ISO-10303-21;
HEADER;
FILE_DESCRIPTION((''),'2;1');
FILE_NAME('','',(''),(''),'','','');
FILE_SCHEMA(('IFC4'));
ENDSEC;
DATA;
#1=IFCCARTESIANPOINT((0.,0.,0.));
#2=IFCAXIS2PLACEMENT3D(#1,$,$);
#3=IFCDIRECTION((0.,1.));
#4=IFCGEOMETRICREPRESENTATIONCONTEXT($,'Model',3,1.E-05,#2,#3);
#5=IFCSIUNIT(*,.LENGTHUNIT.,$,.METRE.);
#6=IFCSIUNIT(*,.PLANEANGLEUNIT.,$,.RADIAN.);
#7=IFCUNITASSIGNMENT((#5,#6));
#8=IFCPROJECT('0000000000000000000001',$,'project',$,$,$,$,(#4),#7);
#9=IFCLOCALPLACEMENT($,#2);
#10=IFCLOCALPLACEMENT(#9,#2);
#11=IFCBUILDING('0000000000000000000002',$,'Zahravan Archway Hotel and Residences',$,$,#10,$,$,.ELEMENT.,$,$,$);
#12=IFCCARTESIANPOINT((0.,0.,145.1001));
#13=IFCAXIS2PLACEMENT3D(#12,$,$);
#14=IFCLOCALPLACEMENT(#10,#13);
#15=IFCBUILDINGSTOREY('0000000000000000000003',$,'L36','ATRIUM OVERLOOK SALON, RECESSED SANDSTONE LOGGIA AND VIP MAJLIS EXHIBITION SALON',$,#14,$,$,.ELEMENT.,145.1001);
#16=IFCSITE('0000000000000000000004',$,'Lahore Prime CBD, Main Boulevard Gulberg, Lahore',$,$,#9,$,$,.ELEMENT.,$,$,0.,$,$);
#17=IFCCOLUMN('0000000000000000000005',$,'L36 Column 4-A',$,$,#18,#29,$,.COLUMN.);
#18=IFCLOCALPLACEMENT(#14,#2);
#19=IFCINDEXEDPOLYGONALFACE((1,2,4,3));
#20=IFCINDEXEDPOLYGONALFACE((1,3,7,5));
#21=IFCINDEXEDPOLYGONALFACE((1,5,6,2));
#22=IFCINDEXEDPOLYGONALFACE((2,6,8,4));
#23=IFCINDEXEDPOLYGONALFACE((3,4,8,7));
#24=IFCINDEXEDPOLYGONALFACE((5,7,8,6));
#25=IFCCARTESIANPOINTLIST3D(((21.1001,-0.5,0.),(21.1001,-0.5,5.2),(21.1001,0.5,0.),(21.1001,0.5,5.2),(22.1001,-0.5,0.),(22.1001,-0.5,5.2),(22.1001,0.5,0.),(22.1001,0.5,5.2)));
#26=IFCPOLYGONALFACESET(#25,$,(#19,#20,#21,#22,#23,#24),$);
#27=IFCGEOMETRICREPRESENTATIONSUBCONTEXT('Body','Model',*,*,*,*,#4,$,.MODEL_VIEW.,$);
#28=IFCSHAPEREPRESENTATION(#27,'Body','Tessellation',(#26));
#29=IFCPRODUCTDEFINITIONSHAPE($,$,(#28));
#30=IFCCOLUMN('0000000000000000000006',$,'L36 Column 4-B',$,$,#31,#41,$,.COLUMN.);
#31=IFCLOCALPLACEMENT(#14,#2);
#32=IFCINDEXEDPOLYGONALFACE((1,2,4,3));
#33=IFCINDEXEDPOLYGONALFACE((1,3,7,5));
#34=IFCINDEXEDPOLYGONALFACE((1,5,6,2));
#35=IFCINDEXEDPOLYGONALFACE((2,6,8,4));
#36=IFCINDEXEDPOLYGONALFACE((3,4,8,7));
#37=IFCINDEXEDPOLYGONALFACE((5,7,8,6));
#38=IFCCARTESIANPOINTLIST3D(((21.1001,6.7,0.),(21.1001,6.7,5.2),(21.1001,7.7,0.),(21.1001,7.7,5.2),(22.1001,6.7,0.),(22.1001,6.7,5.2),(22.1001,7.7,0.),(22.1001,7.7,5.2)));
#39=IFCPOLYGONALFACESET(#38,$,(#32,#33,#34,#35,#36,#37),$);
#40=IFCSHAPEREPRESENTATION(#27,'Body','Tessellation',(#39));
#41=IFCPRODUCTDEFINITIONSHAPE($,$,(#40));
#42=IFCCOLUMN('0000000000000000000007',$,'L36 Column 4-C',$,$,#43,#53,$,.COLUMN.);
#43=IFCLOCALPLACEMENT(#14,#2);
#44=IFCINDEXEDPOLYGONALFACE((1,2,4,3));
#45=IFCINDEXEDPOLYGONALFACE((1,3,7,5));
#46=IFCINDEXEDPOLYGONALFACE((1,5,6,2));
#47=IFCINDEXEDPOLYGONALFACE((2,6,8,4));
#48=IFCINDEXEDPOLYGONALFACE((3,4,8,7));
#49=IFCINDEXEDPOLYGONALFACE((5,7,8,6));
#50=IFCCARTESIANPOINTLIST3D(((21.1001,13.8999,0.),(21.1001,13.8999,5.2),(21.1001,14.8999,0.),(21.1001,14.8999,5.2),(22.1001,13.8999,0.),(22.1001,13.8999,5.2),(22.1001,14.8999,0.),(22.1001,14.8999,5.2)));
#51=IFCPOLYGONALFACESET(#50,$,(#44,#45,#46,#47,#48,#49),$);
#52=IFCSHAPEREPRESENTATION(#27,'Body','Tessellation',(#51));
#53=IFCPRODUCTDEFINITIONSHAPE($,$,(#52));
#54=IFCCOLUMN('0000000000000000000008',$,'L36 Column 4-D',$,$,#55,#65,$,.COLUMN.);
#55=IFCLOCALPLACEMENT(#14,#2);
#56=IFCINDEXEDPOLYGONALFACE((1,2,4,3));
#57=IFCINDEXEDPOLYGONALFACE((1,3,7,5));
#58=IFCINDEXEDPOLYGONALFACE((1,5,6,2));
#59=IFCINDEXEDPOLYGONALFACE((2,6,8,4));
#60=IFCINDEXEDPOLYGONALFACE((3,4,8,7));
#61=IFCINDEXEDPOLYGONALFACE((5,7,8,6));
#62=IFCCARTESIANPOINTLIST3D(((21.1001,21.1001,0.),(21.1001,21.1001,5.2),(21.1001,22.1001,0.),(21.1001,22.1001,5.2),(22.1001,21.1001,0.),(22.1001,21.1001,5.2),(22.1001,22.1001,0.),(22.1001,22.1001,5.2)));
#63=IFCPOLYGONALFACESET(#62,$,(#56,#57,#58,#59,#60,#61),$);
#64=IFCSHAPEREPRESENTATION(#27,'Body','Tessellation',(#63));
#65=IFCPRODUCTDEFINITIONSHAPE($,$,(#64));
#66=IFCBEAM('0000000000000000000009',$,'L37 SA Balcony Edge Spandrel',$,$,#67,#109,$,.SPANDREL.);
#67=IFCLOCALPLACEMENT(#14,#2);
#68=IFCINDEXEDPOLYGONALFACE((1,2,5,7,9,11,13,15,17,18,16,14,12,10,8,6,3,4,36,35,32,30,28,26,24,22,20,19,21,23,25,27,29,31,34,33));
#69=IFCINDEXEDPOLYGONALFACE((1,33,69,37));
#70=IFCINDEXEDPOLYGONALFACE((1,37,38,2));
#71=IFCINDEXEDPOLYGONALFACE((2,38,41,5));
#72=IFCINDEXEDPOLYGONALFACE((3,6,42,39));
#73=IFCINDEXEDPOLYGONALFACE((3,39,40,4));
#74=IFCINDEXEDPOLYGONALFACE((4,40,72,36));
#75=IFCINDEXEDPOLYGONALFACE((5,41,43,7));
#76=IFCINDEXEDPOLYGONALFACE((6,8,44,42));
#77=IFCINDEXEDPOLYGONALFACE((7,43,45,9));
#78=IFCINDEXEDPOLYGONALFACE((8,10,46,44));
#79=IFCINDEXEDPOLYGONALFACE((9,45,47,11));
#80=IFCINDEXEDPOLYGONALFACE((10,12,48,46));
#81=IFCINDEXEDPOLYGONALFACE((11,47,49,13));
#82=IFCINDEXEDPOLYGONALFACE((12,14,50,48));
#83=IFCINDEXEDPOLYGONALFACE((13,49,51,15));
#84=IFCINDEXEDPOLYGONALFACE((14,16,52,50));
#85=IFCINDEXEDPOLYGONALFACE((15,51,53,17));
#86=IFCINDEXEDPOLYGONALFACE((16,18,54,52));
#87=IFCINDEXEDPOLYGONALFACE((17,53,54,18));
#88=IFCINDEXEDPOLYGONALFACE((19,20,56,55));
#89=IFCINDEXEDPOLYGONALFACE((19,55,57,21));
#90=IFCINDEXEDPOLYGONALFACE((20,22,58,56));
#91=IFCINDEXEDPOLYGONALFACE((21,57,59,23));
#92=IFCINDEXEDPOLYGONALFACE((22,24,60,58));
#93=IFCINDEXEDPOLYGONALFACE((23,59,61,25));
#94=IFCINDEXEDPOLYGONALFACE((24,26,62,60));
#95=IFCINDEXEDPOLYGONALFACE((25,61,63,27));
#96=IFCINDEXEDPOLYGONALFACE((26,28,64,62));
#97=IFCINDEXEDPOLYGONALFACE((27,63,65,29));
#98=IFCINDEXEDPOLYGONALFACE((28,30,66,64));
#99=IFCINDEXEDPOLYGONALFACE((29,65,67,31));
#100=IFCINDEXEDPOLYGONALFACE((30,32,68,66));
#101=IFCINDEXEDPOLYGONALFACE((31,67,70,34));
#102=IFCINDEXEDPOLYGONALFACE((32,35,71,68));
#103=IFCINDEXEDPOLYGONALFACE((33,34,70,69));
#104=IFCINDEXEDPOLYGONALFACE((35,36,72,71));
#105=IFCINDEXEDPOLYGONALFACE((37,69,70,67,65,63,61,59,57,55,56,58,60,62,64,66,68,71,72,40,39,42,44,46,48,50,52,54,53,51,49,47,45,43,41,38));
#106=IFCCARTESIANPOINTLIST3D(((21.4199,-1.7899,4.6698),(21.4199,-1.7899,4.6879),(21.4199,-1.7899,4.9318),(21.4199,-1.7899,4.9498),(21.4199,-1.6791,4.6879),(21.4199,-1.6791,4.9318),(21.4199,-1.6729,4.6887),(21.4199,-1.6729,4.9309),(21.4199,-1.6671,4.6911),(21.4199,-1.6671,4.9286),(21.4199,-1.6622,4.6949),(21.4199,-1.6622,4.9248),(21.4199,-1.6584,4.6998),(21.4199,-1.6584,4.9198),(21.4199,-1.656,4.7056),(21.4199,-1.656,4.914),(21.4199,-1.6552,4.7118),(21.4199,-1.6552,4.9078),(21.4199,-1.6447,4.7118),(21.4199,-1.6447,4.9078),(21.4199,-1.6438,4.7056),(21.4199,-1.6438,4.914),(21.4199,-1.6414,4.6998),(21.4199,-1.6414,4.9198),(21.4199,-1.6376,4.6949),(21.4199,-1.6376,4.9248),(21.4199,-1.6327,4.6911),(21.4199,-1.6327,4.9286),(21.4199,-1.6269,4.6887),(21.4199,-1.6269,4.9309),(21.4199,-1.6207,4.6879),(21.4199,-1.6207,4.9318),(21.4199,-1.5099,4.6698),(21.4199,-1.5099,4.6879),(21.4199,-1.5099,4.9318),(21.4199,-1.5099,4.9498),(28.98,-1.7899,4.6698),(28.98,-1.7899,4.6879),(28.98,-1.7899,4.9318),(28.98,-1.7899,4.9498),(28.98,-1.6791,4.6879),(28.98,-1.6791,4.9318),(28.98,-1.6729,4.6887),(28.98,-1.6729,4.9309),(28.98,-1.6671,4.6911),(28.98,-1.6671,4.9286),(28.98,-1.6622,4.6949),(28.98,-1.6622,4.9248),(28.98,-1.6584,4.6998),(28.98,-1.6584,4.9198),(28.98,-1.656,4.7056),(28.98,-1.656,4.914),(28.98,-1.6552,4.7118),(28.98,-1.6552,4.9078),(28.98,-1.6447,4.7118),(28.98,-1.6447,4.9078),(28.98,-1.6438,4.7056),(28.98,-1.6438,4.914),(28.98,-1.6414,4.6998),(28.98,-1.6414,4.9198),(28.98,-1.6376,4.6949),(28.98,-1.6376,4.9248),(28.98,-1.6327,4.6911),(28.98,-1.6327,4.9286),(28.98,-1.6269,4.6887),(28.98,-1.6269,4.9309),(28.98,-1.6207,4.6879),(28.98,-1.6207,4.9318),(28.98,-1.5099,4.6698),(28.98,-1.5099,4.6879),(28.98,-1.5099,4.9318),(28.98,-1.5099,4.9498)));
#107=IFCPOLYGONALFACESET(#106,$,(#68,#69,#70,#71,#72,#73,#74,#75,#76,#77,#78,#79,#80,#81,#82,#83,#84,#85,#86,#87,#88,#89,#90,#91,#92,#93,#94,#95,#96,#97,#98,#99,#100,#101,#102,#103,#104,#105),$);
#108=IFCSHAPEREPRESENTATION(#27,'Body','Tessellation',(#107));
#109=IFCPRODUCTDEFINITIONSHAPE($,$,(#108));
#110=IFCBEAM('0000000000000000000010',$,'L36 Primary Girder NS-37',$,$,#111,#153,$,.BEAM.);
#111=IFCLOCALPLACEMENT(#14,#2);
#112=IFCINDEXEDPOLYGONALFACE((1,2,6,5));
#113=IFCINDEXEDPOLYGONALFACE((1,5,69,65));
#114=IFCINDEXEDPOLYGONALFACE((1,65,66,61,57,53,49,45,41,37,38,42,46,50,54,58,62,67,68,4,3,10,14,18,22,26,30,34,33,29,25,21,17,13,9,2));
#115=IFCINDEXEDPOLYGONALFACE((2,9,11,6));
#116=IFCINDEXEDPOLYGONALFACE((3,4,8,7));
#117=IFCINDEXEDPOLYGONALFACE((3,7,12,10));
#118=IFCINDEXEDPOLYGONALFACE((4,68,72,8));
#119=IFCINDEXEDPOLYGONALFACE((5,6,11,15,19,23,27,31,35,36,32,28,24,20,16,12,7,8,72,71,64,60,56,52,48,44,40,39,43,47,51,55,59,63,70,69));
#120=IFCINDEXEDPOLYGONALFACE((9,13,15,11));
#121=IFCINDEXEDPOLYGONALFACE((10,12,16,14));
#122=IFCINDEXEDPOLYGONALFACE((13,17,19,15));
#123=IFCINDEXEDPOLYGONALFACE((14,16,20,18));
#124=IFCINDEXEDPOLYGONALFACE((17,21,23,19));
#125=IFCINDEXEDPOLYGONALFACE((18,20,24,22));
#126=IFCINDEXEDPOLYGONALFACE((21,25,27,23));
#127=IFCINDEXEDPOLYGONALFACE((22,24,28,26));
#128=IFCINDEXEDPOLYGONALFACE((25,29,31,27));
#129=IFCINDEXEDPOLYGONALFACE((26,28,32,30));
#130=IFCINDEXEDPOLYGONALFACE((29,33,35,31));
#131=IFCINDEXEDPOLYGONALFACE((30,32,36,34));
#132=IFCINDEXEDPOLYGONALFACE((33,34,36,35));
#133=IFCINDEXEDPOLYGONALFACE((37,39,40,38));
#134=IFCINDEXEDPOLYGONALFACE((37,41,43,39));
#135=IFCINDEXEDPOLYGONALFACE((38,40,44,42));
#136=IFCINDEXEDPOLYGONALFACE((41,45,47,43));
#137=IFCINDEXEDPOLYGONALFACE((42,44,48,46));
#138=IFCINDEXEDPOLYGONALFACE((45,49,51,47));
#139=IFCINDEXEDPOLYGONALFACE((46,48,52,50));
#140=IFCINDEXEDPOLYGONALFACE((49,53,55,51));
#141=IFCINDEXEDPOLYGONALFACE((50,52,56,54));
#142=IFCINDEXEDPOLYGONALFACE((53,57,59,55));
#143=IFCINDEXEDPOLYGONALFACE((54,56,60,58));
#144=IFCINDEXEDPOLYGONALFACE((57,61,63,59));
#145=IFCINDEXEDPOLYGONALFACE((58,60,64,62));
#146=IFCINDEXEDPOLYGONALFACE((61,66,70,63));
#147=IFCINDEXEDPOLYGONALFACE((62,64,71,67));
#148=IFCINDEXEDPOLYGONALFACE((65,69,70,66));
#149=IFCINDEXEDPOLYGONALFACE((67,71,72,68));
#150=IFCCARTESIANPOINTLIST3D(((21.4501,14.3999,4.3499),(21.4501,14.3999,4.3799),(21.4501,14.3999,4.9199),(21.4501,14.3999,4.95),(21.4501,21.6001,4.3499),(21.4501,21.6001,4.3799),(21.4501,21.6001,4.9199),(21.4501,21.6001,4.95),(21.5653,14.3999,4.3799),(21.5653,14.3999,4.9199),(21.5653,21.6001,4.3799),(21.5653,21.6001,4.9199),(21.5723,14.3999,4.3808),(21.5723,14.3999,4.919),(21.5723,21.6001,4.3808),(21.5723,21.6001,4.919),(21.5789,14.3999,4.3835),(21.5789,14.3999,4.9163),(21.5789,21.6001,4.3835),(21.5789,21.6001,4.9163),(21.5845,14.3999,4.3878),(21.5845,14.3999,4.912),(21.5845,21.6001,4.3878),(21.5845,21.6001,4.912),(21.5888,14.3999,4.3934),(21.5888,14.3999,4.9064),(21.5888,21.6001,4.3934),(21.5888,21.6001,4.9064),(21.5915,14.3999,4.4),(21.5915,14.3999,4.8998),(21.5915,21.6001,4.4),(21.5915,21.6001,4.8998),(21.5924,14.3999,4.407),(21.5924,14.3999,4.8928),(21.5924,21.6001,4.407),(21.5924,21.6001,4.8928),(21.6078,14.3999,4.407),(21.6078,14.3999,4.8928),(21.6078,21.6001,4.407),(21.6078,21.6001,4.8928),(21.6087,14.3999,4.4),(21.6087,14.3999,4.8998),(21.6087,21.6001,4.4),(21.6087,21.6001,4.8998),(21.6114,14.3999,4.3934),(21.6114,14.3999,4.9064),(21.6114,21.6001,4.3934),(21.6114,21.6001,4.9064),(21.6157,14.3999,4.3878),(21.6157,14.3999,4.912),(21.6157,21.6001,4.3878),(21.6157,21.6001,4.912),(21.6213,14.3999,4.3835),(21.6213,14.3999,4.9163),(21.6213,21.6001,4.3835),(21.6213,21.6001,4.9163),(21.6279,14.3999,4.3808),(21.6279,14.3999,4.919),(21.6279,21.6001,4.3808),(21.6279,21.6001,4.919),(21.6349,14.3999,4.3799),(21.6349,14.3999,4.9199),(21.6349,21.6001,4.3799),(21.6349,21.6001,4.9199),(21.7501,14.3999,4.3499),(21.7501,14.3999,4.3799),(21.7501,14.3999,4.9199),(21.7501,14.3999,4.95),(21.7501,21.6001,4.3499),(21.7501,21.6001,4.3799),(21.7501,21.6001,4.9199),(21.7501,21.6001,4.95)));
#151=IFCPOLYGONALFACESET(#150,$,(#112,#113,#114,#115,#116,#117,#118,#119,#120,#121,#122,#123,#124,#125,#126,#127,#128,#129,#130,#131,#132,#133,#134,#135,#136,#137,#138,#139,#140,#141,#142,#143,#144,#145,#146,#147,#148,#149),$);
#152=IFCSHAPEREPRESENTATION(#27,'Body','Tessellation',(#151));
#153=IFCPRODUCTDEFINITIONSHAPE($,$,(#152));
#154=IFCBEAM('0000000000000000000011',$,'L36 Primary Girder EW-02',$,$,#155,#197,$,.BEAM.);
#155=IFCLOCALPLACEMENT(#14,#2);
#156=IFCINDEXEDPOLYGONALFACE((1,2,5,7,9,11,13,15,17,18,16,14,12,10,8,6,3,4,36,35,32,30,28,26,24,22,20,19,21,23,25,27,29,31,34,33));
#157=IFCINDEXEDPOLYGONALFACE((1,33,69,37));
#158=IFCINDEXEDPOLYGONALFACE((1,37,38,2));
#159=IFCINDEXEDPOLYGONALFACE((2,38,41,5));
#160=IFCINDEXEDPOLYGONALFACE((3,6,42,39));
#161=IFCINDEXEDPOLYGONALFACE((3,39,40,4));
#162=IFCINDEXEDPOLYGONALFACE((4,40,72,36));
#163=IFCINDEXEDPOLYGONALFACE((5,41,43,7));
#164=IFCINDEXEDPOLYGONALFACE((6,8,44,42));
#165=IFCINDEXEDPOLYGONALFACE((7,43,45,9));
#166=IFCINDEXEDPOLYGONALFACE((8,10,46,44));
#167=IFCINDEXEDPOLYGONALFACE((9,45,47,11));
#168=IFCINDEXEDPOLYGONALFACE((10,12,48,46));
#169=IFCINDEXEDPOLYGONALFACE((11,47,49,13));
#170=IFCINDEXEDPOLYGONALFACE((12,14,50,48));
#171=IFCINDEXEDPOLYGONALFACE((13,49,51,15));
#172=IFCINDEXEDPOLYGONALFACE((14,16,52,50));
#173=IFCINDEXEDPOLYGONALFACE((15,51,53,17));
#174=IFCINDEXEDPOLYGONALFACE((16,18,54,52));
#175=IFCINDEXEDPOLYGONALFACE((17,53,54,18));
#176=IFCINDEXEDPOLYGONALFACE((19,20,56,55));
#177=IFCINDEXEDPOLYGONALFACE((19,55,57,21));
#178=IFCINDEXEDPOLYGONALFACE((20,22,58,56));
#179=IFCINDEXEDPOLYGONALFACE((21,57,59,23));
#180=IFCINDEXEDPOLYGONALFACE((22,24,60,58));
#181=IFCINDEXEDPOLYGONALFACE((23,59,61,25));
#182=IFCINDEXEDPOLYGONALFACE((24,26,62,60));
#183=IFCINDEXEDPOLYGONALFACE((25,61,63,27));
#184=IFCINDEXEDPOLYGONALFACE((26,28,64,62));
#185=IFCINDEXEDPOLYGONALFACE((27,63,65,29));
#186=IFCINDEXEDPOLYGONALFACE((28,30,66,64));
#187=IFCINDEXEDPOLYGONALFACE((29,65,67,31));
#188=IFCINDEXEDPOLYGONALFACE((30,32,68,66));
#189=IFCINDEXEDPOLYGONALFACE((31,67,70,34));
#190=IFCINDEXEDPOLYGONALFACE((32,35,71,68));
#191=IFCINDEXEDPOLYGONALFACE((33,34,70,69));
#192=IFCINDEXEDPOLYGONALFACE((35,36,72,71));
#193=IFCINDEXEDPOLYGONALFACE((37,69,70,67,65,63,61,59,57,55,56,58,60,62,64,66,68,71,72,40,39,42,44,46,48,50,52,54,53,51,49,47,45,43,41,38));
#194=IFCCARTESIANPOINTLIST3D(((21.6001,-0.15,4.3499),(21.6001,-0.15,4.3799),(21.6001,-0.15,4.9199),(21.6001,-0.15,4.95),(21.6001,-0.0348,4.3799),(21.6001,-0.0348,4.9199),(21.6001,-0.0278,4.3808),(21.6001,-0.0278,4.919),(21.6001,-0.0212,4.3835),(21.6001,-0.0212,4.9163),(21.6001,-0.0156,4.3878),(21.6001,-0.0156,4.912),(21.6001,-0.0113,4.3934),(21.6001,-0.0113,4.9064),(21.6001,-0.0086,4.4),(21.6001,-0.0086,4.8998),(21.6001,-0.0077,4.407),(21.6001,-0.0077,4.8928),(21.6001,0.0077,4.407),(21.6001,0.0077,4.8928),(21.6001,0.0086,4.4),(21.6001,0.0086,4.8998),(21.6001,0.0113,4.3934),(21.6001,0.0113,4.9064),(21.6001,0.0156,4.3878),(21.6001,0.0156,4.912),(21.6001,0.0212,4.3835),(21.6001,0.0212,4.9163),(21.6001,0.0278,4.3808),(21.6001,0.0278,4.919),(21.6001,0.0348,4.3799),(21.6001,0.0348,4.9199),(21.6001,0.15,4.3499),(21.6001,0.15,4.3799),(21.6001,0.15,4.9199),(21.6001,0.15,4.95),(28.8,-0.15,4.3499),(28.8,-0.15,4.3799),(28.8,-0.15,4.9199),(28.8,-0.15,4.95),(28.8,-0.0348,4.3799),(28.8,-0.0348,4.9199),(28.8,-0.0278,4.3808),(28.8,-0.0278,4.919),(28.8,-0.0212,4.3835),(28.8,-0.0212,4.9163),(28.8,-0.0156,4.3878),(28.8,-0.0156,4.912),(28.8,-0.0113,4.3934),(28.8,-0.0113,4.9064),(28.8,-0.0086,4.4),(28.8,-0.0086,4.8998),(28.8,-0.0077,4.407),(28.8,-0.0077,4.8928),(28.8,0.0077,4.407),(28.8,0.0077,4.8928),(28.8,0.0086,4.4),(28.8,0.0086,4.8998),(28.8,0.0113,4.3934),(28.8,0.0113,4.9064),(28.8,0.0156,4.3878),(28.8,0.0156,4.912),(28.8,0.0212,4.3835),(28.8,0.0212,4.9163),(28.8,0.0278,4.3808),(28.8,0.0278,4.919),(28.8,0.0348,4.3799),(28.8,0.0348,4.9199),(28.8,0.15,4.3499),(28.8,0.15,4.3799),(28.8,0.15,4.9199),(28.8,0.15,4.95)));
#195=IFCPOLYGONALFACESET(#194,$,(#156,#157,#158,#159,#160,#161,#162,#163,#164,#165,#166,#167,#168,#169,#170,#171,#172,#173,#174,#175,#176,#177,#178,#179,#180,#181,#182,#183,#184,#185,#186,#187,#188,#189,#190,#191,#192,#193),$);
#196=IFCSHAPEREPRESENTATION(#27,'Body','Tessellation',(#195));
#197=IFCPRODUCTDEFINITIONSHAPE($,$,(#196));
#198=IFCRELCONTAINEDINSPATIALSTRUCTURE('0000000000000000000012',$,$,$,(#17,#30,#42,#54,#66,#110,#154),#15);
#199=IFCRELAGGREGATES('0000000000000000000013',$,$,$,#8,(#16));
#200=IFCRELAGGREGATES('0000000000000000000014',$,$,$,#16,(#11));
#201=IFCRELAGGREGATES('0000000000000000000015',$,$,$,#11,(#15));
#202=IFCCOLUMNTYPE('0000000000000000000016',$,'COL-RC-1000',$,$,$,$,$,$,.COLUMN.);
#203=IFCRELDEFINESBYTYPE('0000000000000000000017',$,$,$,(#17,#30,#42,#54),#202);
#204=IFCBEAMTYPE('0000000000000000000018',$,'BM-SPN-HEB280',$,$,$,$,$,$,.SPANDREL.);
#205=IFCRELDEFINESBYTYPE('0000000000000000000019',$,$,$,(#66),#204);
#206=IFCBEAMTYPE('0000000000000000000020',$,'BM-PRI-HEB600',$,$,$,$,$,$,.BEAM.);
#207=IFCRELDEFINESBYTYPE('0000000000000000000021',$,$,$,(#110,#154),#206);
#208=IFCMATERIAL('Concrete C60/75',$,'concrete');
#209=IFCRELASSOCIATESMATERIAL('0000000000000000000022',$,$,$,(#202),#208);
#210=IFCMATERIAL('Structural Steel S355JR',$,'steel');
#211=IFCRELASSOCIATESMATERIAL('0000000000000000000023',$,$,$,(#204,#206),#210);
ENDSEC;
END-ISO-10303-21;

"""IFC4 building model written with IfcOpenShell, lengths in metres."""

from ifc_helpers import new_model, si_unit, direction, frame, origin, origin_2d, place, context, subcontext, project, spatial, rectangle, i_section, extrude, source, transform, mapped, material, material_profile, profile_set, type_object, type_shapes, element, save


model = new_model("IFC4")

# Units and contexts
model_context = context("Model", 3, precision=1e-05, world=origin(), true_north=direction((0.0, 1.0)))
body_context = subcontext(model_context, "Body", "Model", "MODEL_VIEW")
ifc_project = project(units=[si_unit("LENGTHUNIT", "METRE"), si_unit("PLANEANGLEUNIT", "RADIAN")], contexts=[model_context])

# Site, building, storey
site_placement = place(None, origin())
site = spatial("IfcSite", under=ifc_project, at=site_placement, Name="Lahore Prime CBD, Main Boulevard Gulberg, Lahore", CompositionType="ELEMENT", RefElevation=0.0)
building_placement = place(site_placement, origin())
building = spatial("IfcBuilding", under=site, at=building_placement, Name="Zahravan Archway Hotel and Residences", CompositionType="ELEMENT")
storey_placement = place(building_placement, frame((0.0, 0.0, 145.1001)))
storey = spatial("IfcBuildingStorey", under=building, at=storey_placement, Name="L36", Description="ATRIUM OVERLOOK SALON, RECESSED SANDSTONE LOGGIA AND VIP MAJLIS EXHIBITION SALON", CompositionType="ELEMENT", Elevation=145.1001)

# Columns
ifc_material_1 = material(Name="Concrete C60/75", Category="concrete")
ifc_material_profile_1 = material_profile(ifc_material_1, rectangle(XDim=1.0, YDim=1.0, at=origin_2d()), Name="RC-COL-1000x1000", Category="concrete")
ifc_profile_set_1 = profile_set([ifc_material_profile_1], Name="Concrete C60/75")
column_type = type_object("IfcColumnType", Name="COL-RC-1000", PredefinedType="COLUMN", material=ifc_profile_set_1)
shared_shape_1 = source(origin(), body_context, "Body", "SweptSolid", [
    extrude(rectangle(XDim=1.0, YDim=1.0, at=origin_2d()), origin(), (0.0, 0.0, 1.0), 5.2),
])
for number, where, z_axis, x_axis, name in (
    (1, (21.6001, 0.0, 0.0), (0.0, 0.0, 1.0), (1.0, 0.0, 0.0), "L36 Column 4-A"),
    (2, (21.6001, 7.2, 0.0), (0.0, 0.0, 1.0), (1.0, 0.0, 0.0), "L36 Column 4-B"),
    (3, (21.6001, 14.3999, 0.0), (0.0, 0.0, 1.0), (1.0, 0.0, 0.0), "L36 Column 4-C"),
    (4, (21.6001, 21.6001, 0.0), (0.0, 0.0, 1.0), (1.0, 0.0, 0.0), "L36 Column 4-D"),
):
    element("IfcColumn", number, at=place(storey_placement, frame(where, z_axis=z_axis, x_axis=x_axis)), inside=storey, type_object=column_type, Name=name, PredefinedType="COLUMN", context=body_context, shape_type="MappedRepresentation", body=[
        mapped(shared_shape_1, transform((0.0, 0.0, 0.0), scale=1.0)),
    ])

# Beams
ifc_material_2 = material(Name="Structural Steel S355JR", Category="steel")
ifc_material_profile_2 = material_profile(ifc_material_2, i_section(OverallWidth=0.28, OverallDepth=0.28, WebThickness=0.0105, FlangeThickness=0.0181, FilletRadius=0.0239, at=origin_2d()), Name="HEB 280", Category="steel")
ifc_profile_set_2 = profile_set([ifc_material_profile_2], Name="Structural Steel S355JR")
beam_type_1 = type_object("IfcBeamType", Name="BM-SPN-HEB280", PredefinedType="SPANDREL", material=ifc_profile_set_2)
shared_shape_2 = source(origin(), body_context, "Body", "SweptSolid", [
    extrude(i_section(OverallWidth=0.28, OverallDepth=0.28, WebThickness=0.0105, FlangeThickness=0.0181, FilletRadius=0.0239, at=origin_2d()), origin(), (0.0, 0.0, 1.0), 7.5601),
])
type_shapes(beam_type_1, [shared_shape_2])
beam_1_placement = place(storey_placement, frame((21.4199, -1.6499, 4.8098), z_axis=(1.0, 0.0, 0.0), x_axis=(0.0, 1.0, 0.0)))
element("IfcBeam", 5, at=beam_1_placement, inside=storey, type_object=beam_type_1, Name="L37 SA Balcony Edge Spandrel", PredefinedType="SPANDREL", context=body_context, shape_type="MappedRepresentation", body=[
    mapped(shared_shape_2, transform((0.0, 0.0, 0.0), scale=1.0)),
])
ifc_material_profile_3 = material_profile(ifc_material_2, i_section(OverallWidth=0.3, OverallDepth=0.6001, WebThickness=0.0154, FlangeThickness=0.03, FilletRadius=0.0271, at=origin_2d()), Name="HEB 600", Category="steel")
ifc_profile_set_3 = profile_set([ifc_material_profile_3], Name="Structural Steel S355JR")
beam_type_2 = type_object("IfcBeamType", Name="BM-PRI-HEB600", PredefinedType="BEAM", material=ifc_profile_set_3)
shared_shape_3 = source(origin(), body_context, "Body", "SweptSolid", [
    extrude(i_section(OverallWidth=0.3, OverallDepth=0.6001, WebThickness=0.0154, FlangeThickness=0.03, FilletRadius=0.0271, at=origin_2d()), origin(), (0.0, 0.0, 1.0), 7.2002),
])
type_shapes(beam_type_2, [shared_shape_3])
beam_2_placement = place(storey_placement, frame((21.6001, 14.3999, 4.6499), z_axis=(0.0, 1.0, 0.0), x_axis=(-1.0, 0.0, 0.0)))
element("IfcBeam", 6, at=beam_2_placement, inside=storey, type_object=beam_type_2, Name="L36 Primary Girder NS-37", PredefinedType="BEAM", context=body_context, shape_type="MappedRepresentation", body=[
    mapped(shared_shape_3, transform((0.0, 0.0, 0.0), scale=1.0)),
])
shared_shape_4 = source(origin(), body_context, "Body", "SweptSolid", [
    extrude(i_section(OverallWidth=0.3, OverallDepth=0.6001, WebThickness=0.0154, FlangeThickness=0.03, FilletRadius=0.0271, at=origin_2d()), origin(), (0.0, 0.0, 1.0), 7.2),
])
for number, where, z_axis, x_axis, name in (
    (7, (21.6001, 0.0, 4.6499), (1.0, 0.0, 0.0), (0.0, 1.0, 0.0), "L36 Primary Girder EW-02"),
):
    element("IfcBeam", number, at=place(storey_placement, frame(where, z_axis=z_axis, x_axis=x_axis)), inside=storey, type_object=beam_type_2, Name=name, PredefinedType="BEAM", context=body_context, shape_type="MappedRepresentation", body=[
        mapped(shared_shape_4, transform((0.0, 0.0, 0.0), scale=1.0)),
    ])

save(model, "model.ifc")
